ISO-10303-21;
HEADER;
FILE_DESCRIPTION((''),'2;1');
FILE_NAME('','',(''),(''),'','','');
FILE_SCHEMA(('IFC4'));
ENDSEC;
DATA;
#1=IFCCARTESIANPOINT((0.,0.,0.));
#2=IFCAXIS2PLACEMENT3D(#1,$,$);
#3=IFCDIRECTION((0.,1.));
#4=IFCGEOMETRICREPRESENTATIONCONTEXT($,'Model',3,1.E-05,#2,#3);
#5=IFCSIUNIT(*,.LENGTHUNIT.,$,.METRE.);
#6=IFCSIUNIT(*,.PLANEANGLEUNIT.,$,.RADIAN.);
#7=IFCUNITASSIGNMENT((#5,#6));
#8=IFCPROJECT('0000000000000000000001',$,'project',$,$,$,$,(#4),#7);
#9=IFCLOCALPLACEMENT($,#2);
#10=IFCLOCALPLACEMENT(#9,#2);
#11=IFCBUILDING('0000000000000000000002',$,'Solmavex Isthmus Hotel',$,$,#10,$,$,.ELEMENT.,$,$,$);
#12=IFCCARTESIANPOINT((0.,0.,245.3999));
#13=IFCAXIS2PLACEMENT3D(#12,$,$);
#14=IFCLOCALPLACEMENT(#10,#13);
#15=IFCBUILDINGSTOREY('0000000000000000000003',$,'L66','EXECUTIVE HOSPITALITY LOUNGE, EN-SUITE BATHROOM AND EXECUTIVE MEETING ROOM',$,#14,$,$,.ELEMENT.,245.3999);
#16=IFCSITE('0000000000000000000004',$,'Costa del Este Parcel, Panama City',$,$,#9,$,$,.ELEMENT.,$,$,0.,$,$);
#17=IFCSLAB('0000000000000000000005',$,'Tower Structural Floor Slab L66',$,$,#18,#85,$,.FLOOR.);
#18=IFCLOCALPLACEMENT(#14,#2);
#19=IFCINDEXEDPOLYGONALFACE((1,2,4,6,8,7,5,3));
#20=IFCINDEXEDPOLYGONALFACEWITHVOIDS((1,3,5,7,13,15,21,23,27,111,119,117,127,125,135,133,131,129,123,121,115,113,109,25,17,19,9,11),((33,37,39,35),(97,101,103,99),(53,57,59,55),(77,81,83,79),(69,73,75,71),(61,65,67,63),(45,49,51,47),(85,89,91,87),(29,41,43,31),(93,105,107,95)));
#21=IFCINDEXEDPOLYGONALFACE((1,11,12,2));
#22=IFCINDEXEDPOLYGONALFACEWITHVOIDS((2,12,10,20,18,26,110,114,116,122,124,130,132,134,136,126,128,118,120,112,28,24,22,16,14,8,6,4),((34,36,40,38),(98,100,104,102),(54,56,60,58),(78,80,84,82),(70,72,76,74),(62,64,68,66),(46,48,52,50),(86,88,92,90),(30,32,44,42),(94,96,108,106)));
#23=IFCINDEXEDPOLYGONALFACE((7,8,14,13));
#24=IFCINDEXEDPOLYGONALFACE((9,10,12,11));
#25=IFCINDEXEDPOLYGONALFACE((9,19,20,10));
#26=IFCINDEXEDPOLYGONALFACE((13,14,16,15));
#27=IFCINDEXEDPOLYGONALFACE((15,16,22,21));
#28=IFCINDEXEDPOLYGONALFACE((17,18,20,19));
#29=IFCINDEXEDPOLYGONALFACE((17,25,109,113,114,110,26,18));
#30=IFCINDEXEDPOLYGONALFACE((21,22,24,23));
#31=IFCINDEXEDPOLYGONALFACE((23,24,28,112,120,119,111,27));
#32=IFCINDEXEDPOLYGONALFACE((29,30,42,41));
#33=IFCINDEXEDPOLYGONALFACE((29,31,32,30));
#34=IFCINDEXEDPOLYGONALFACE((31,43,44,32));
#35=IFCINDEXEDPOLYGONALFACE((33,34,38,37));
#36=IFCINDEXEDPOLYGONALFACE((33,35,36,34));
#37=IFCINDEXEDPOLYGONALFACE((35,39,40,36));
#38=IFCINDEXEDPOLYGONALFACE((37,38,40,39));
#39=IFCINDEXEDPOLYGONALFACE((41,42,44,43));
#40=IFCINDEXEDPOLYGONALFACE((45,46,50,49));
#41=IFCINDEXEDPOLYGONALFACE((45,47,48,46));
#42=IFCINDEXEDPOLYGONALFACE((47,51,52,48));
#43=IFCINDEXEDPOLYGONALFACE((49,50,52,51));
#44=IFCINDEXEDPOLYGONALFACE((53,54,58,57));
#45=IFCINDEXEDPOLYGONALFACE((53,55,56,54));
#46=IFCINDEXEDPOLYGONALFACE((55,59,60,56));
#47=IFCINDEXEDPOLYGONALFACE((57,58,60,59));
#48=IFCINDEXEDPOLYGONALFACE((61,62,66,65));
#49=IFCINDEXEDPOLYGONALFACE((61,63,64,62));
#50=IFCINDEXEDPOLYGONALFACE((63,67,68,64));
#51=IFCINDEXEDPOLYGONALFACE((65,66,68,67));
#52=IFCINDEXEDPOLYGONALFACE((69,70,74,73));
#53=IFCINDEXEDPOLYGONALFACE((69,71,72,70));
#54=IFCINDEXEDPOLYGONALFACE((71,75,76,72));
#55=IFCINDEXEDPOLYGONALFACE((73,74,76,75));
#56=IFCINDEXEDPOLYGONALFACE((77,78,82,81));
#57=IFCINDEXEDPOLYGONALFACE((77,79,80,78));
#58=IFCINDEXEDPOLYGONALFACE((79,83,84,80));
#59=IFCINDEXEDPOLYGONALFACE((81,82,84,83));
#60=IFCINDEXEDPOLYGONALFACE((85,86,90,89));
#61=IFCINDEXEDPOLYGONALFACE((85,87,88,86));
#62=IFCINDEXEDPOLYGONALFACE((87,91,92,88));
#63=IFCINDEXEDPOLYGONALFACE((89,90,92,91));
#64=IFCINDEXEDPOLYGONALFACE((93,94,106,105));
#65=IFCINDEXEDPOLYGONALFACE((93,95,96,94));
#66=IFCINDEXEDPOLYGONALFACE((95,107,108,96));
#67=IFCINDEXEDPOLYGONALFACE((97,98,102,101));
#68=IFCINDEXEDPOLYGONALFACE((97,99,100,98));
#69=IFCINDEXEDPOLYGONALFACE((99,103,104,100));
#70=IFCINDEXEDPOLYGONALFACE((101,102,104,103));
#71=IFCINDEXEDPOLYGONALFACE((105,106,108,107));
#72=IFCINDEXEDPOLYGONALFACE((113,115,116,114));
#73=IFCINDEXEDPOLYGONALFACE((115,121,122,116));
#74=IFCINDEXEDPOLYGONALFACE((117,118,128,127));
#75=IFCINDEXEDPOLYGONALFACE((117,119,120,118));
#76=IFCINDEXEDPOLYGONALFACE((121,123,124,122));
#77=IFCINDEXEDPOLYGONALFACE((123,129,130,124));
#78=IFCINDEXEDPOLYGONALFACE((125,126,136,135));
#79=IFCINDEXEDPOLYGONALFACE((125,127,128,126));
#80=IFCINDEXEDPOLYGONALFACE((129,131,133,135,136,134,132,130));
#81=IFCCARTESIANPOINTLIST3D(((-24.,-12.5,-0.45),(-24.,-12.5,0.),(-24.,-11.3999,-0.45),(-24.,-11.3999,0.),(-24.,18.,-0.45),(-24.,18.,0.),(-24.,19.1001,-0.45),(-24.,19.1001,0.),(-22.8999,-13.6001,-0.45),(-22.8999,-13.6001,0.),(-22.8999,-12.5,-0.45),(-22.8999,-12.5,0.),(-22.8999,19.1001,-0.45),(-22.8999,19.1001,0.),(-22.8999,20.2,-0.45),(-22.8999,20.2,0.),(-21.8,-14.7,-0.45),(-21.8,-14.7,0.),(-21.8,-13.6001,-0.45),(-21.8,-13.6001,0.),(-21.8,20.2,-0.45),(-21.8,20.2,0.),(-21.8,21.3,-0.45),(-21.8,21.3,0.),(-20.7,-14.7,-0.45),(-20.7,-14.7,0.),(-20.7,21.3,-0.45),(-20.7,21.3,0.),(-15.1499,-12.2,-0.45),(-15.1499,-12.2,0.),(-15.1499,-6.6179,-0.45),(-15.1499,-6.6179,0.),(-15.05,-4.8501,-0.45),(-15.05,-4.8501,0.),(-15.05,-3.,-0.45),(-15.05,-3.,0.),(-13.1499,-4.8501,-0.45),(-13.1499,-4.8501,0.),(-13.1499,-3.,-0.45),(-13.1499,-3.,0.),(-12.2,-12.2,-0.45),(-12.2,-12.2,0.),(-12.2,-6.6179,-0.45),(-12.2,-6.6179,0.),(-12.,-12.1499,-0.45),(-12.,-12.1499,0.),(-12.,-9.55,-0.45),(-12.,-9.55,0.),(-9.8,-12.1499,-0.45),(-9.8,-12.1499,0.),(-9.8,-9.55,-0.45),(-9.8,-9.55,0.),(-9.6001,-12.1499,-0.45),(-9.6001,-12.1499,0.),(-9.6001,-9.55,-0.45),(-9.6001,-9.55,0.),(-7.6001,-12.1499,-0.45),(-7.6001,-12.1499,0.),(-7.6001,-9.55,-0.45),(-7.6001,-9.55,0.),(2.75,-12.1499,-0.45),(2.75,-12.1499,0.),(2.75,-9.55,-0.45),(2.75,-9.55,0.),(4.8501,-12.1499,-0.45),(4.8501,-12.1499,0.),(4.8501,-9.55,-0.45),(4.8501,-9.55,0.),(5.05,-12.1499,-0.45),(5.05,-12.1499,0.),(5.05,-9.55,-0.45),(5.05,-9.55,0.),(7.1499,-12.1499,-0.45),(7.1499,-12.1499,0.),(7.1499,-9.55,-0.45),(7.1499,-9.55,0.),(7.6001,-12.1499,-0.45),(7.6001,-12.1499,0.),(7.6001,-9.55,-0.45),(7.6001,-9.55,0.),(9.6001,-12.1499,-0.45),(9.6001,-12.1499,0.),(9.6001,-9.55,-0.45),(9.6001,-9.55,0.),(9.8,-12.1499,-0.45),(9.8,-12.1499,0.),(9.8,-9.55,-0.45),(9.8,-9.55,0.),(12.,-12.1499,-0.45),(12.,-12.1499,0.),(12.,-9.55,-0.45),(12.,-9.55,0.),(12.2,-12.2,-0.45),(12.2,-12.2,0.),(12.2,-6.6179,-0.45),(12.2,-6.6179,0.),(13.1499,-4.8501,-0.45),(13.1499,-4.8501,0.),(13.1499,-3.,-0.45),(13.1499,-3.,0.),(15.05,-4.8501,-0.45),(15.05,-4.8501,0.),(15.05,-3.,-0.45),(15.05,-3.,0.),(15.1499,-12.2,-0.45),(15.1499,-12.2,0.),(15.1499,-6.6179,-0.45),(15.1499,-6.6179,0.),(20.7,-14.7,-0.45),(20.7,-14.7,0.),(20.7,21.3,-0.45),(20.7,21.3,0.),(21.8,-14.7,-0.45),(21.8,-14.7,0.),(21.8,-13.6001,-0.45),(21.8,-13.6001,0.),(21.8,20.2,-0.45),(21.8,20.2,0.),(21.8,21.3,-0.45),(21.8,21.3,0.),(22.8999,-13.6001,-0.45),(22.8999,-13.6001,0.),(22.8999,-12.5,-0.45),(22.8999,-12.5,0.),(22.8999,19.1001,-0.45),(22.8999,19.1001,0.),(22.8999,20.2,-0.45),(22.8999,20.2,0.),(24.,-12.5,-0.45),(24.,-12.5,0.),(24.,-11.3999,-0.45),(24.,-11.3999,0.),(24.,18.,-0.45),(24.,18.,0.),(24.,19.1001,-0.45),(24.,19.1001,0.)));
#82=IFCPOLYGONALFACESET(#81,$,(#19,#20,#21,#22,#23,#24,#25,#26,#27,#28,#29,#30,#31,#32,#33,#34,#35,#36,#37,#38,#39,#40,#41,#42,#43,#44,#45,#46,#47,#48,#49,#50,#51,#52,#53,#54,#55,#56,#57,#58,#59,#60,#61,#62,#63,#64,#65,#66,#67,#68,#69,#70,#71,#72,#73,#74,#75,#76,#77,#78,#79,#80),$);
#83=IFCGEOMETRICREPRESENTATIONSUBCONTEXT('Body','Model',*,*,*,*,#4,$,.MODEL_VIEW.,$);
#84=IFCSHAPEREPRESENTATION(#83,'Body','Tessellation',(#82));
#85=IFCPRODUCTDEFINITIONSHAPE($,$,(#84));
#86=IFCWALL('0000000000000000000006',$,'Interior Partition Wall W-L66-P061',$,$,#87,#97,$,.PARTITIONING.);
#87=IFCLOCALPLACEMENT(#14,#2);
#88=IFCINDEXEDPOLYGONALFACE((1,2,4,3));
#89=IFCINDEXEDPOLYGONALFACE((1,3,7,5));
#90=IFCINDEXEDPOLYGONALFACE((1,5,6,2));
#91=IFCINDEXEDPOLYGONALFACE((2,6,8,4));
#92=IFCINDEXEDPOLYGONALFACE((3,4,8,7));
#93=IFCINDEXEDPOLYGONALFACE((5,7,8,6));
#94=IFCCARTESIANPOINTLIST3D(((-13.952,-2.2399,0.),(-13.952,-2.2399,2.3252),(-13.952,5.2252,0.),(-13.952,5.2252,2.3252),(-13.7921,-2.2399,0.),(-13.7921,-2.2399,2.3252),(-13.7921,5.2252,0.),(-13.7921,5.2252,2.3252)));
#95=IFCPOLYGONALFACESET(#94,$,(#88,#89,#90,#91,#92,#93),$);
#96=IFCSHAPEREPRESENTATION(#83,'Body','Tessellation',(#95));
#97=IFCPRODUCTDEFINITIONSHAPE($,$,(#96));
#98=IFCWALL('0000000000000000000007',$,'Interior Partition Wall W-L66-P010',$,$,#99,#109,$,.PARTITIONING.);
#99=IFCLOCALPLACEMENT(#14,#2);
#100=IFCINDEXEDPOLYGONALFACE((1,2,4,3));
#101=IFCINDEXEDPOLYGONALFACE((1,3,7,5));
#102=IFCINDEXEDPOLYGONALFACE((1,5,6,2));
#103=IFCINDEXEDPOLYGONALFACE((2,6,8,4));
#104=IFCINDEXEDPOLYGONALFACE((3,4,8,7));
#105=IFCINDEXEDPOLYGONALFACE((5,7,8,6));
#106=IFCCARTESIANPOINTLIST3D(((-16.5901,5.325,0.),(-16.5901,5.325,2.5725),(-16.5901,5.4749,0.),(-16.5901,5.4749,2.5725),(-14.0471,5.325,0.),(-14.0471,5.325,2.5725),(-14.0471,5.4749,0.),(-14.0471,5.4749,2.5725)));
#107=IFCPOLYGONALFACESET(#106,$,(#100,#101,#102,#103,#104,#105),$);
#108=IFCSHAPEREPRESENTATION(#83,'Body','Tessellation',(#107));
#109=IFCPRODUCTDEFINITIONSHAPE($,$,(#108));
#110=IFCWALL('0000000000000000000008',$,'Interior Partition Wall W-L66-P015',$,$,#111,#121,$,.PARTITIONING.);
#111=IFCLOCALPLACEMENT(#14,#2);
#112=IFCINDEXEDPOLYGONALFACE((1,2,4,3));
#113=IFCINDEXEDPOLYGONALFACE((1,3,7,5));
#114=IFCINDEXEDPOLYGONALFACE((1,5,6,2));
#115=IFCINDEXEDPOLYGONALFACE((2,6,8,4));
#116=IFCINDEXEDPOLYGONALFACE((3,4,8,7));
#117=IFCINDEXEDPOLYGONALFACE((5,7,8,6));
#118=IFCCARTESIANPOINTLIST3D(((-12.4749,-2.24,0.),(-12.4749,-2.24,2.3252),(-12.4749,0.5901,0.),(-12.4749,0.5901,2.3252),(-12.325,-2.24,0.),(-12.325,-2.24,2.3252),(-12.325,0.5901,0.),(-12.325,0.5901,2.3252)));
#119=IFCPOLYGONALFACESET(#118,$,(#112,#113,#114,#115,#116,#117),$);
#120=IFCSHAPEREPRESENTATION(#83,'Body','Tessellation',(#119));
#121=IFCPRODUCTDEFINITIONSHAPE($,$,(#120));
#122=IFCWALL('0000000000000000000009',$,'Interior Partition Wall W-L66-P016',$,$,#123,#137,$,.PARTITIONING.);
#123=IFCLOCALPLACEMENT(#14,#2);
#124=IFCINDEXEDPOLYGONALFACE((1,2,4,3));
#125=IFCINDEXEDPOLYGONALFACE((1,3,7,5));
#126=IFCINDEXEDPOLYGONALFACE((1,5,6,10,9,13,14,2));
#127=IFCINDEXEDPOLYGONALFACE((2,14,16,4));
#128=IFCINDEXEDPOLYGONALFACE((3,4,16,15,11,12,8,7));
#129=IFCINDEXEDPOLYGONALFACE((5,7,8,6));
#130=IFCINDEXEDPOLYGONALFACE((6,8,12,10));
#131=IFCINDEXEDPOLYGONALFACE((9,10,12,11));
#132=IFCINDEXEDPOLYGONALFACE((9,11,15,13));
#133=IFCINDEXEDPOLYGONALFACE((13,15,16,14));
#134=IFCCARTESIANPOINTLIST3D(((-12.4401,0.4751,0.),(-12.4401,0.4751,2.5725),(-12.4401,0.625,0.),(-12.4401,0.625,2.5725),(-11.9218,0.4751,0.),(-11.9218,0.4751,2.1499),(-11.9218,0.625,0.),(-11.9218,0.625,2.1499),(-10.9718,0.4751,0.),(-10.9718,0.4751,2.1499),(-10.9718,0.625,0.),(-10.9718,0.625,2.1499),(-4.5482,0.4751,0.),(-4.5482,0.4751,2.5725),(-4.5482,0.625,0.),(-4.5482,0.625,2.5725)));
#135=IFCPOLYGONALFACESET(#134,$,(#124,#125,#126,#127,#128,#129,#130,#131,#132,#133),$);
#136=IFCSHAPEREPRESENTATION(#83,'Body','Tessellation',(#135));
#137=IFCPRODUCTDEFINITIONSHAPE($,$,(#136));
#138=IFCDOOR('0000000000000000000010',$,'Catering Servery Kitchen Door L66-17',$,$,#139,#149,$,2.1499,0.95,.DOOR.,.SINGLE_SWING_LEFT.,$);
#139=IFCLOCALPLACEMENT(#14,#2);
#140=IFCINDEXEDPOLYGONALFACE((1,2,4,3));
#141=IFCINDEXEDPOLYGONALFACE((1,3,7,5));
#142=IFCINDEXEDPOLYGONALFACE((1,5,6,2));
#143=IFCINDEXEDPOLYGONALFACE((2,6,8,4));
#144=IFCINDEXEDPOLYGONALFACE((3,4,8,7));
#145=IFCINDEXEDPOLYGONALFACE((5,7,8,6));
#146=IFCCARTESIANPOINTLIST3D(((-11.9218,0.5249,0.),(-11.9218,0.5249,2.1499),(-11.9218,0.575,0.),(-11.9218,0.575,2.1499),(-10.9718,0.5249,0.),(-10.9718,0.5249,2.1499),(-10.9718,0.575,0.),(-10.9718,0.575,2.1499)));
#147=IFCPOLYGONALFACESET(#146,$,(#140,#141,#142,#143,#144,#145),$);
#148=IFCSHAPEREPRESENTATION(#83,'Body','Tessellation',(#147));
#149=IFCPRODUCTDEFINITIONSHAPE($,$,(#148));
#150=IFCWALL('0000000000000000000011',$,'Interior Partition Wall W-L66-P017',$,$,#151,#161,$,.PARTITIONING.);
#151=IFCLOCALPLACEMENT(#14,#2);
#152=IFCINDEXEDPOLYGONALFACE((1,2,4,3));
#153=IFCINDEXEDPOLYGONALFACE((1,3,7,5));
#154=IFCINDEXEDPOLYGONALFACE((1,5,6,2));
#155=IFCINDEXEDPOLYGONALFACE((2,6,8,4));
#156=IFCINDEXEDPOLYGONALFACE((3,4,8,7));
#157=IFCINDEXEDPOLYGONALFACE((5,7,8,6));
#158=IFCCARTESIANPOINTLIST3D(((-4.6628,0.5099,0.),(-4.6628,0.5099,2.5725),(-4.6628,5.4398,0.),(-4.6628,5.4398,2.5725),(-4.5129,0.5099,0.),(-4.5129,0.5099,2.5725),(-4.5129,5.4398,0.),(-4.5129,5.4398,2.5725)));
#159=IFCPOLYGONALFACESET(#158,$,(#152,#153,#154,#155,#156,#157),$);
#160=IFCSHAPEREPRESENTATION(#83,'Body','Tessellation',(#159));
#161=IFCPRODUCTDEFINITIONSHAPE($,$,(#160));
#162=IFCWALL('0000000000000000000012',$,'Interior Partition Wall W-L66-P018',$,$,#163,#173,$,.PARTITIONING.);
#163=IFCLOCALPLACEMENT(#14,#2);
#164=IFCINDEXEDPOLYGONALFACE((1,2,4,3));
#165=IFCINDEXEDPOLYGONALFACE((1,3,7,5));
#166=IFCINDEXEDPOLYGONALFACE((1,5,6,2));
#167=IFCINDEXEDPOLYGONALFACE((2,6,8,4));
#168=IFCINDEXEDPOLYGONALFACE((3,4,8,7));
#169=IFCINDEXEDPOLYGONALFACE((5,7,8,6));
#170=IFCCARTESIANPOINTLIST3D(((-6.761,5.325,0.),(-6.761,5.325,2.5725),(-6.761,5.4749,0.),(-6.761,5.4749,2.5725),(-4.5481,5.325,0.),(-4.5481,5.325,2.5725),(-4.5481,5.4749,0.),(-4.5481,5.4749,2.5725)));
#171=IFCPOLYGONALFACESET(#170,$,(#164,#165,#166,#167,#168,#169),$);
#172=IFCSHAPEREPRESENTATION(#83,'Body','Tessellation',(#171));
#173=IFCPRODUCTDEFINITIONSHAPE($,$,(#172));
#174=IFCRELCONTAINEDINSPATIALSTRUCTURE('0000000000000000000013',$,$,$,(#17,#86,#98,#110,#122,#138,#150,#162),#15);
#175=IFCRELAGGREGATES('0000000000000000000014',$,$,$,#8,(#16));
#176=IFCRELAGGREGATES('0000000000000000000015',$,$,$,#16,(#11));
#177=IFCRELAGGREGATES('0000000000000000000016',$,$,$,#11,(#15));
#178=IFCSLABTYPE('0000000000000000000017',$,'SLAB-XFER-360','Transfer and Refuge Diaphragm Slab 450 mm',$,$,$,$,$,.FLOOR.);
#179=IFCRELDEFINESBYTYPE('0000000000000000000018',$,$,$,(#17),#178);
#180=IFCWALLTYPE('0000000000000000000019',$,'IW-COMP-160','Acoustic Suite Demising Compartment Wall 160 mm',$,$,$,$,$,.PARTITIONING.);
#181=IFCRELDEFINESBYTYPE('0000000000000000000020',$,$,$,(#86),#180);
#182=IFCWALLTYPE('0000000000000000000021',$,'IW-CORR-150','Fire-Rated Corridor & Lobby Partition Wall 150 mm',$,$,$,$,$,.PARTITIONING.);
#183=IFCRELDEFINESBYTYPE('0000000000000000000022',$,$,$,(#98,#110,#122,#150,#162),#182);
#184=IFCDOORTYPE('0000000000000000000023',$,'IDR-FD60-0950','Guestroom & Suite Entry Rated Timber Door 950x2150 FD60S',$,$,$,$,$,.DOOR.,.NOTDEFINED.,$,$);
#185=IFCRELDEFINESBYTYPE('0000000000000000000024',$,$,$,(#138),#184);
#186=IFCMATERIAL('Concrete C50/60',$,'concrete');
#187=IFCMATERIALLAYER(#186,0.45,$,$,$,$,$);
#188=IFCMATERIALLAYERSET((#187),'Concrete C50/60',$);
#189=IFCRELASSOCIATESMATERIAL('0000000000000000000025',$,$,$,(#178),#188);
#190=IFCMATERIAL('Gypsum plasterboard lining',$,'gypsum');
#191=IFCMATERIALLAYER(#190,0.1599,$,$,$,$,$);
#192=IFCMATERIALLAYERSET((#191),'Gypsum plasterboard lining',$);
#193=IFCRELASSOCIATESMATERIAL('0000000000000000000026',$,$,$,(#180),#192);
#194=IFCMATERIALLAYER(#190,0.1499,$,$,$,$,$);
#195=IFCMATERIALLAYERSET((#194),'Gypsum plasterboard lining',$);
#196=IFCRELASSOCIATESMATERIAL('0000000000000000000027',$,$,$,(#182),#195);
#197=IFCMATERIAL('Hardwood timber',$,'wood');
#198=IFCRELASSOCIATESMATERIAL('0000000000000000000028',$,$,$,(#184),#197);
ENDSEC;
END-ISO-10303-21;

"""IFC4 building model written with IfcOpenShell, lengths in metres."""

from ifc_helpers import new_model, si_unit, direction, frame, frame_2d, origin, place, context, subcontext, project, spatial, polyline, rectangle, outline, extrude, material, layer, layer_set, type_object, element, fill, save


model = new_model("IFC4")

# Units and contexts
model_context = context("Model", 3, precision=1e-05, world=origin(), true_north=direction((0.0, 1.0)))
body_context = subcontext(model_context, "Body", "Model", "MODEL_VIEW")
ifc_project = project(units=[si_unit("LENGTHUNIT", "METRE"), si_unit("PLANEANGLEUNIT", "RADIAN")], contexts=[model_context])

# Site, building, storey
site_placement = place(None, origin())
site = spatial("IfcSite", under=ifc_project, at=site_placement, Name="Costa del Este Parcel, Panama City", CompositionType="ELEMENT", RefElevation=0.0)
building_placement = place(site_placement, origin())
building = spatial("IfcBuilding", under=site, at=building_placement, Name="Solmavex Isthmus Hotel", CompositionType="ELEMENT")
storey_placement = place(building_placement, frame((0.0, 0.0, 245.3999)))
storey = spatial("IfcBuildingStorey", under=building, at=storey_placement, Name="L66", Description="EXECUTIVE HOSPITALITY LOUNGE, EN-SUITE BATHROOM AND EXECUTIVE MEETING ROOM", CompositionType="ELEMENT", Elevation=245.3999)

# Shared definitions
ifc_material_1 = material(Name="Concrete C50/60", Category="concrete")

# Slab
ifc_layer_1 = layer(ifc_material_1, 0.45)
ifc_layer_set_1 = layer_set([ifc_layer_1], Name="Concrete C50/60")
slab_type = type_object("IfcSlabType", Name="SLAB-XFER-360", Description="Transfer and Refuge Diaphragm Slab 450 mm", PredefinedType="FLOOR", material=ifc_layer_set_1)
slab_placement = place(storey_placement, frame((0.0, 0.0, -0.45)))
element("IfcSlab", 1, at=slab_placement, inside=storey, type_object=slab_type, Name="Tower Structural Floor Slab L66", PredefinedType="FLOOR", context=body_context, shape_type="SweptSolid", body=[
    extrude(outline(polyline([(-20.7, -14.7), (20.7, -14.7), (21.8, -14.7), (21.8, -13.6001), (22.8999, -13.6001), (22.8999, -12.5), (24.0, -12.5), (24.0, -11.3999), (24.0, 18.0), (24.0, 19.1001), (22.8999, 19.1001), (22.8999, 20.2), (21.8, 20.2), (21.8, 21.3), (20.7, 21.3), (-20.7, 21.3), (-21.8, 21.3), (-21.8, 20.2), (-22.8999, 20.2), (-22.8999, 19.1001), (-24.0, 19.1001), (-24.0, 18.0), (-24.0, -11.3999), (-24.0, -12.5), (-22.8999, -12.5), (-22.8999, -13.6001), (-21.8, -13.6001), (-21.8, -14.7), (-20.7, -14.7)]), holes=[polyline([(-15.1499, -6.6179), (-15.1499, -12.2), (-12.2, -12.2), (-12.2, -6.6179), (-15.1499, -6.6179)]), polyline([(12.2, -6.6179), (12.2, -12.2), (15.1499, -12.2), (15.1499, -6.6179), (12.2, -6.6179)]), polyline([(-12.0, -12.1499), (-9.8, -12.1499), (-9.8, -9.55), (-12.0, -9.55), (-12.0, -12.1499)]), polyline([(9.8, -12.1499), (12.0, -12.1499), (12.0, -9.55), (9.8, -9.55), (9.8, -12.1499)]), polyline([(-9.6001, -12.1499), (-7.6001, -12.1499), (-7.6001, -9.55), (-9.6001, -9.55), (-9.6001, -12.1499)]), polyline([(7.6001, -12.1499), (9.6001, -12.1499), (9.6001, -9.55), (7.6001, -9.55), (7.6001, -12.1499)]), polyline([(2.75, -12.1499), (4.8501, -12.1499), (4.8501, -9.55), (2.75, -9.55), (2.75, -12.1499)]), polyline([(5.05, -12.1499), (7.1499, -12.1499), (7.1499, -9.55), (5.05, -9.55), (5.05, -12.1499)]), polyline([(-15.05, -4.8501), (-13.1499, -4.8501), (-13.1499, -3.0), (-15.05, -3.0), (-15.05, -4.8501)]), polyline([(13.1499, -4.8501), (15.05, -4.8501), (15.05, -3.0), (13.1499, -3.0), (13.1499, -4.8501)])]), origin(), (0.0, 0.0, 1.0), 0.45),
])

# Walls
ifc_material_2 = material(Name="Gypsum plasterboard lining", Category="gypsum")
ifc_layer_2 = layer(ifc_material_2, 0.1599)
ifc_layer_set_2 = layer_set([ifc_layer_2], Name="Gypsum plasterboard lining")
wall_type_1 = type_object("IfcWallType", Name="IW-COMP-160", Description="Acoustic Suite Demising Compartment Wall 160 mm", PredefinedType="PARTITIONING", material=ifc_layer_set_2)
wall_1_placement = place(storey_placement, frame((-13.8721, 5.2251, 0.0), z_axis=(0.0, 0.0, 1.0), x_axis=(0.0, -1.0, 0.0)))
element("IfcWall", 2, at=wall_1_placement, inside=storey, type_object=wall_type_1, Name="Interior Partition Wall W-L66-P061", PredefinedType="PARTITIONING", context=body_context, shape_type="SweptSolid", body=[
    extrude(rectangle(XDim=7.4651, YDim=0.1599, at=frame_2d((3.7324, 0.0))), origin(), (0.0, 0.0, 1.0), 2.3252),
])
ifc_layer_3 = layer(ifc_material_2, 0.1499)
ifc_layer_set_3 = layer_set([ifc_layer_3], Name="Gypsum plasterboard lining")
wall_type_2 = type_object("IfcWallType", Name="IW-CORR-150", Description="Fire-Rated Corridor & Lobby Partition Wall 150 mm", PredefinedType="PARTITIONING", material=ifc_layer_set_3)
wall_2_placement = place(storey_placement, frame((-14.0471, 5.3999, 0.0), z_axis=(0.0, 0.0, 1.0), x_axis=(-1.0, 0.0, 0.0)))
element("IfcWall", 3, at=wall_2_placement, inside=storey, type_object=wall_type_2, Name="Interior Partition Wall W-L66-P010", PredefinedType="PARTITIONING", context=body_context, shape_type="SweptSolid", body=[
    extrude(rectangle(XDim=2.543, YDim=0.1499, at=frame_2d((1.2715, 0.0))), origin(), (0.0, 0.0, 1.0), 2.5725),
])
wall_3_placement = place(storey_placement, frame((-12.3999, -2.24, 0.0), z_axis=(0.0, 0.0, 1.0), x_axis=(0.0, 1.0, 0.0)))
element("IfcWall", 4, at=wall_3_placement, inside=storey, type_object=wall_type_2, Name="Interior Partition Wall W-L66-P015", PredefinedType="PARTITIONING", context=body_context, shape_type="SweptSolid", body=[
    extrude(rectangle(XDim=2.8301, YDim=0.1499, at=frame_2d((1.415, 0.0))), origin(), (0.0, 0.0, 1.0), 2.3252),
])

# Wall, opening, door
wall_4_placement = place(storey_placement, frame((-12.4399, 0.55, 0.0), z_axis=(0.0, 0.0, 1.0), x_axis=(1.0, 0.0, 0.0)))
wall_4 = element("IfcWall", 5, at=wall_4_placement, inside=storey, type_object=wall_type_2, Name="Interior Partition Wall W-L66-P016", PredefinedType="PARTITIONING", context=body_context, shape_type="SweptSolid", body=[
    extrude(rectangle(XDim=7.8918, YDim=0.1499, at=frame_2d((3.9458, 0.0))), origin(), (0.0, 0.0, 1.0), 2.5725),
])
opening_1_placement = place(wall_4_placement, frame((0.5181, 0.0, 0.0)))
opening_1 = element("IfcOpeningElement", 6, at=opening_1_placement, cuts=wall_4, PredefinedType="OPENING", context=body_context, shape_type="SweptSolid", body=[
    extrude(rectangle(XDim=0.95, YDim=2.1499, at=frame_2d((0.4751, 1.075))), frame((0.0, 0.085, 0.0), z_axis=(0.0, -1.0, 0.0), x_axis=(1.0, 0.0, 0.0)), (0.0, 0.0, 1.0), 0.1699),
])
ifc_material_3 = material(Name="Hardwood timber", Category="wood")
door_type = type_object("IfcDoorType", Name="IDR-FD60-0950", Description="Guestroom & Suite Entry Rated Timber Door 950x2150 FD60S", OperationType="NOTDEFINED", PredefinedType="DOOR", material=ifc_material_3)
door_1_placement = place(opening_1_placement, origin())
door_1 = element("IfcDoor", 7, at=door_1_placement, inside=storey, type_object=door_type, Name="Catering Servery Kitchen Door L66-17", OperationType="SINGLE_SWING_LEFT", OverallHeight=2.1499, OverallWidth=0.95, PredefinedType="DOOR", context=body_context, shape_type="SweptSolid", body=[
    extrude(rectangle(XDim=0.95, YDim=2.1499, at=frame_2d((0.4751, 1.075))), frame((0.0, 0.0249, 0.0), z_axis=(0.0, -1.0, 0.0), x_axis=(1.0, 0.0, 0.0)), (0.0, 0.0, 1.0), 0.05),
])
fill(opening_1, door_1)

# Walls
wall_5_placement = place(storey_placement, frame((-4.5879, 0.51, 0.0), z_axis=(0.0, 0.0, 1.0), x_axis=(0.0, 1.0, 0.0)))
element("IfcWall", 8, at=wall_5_placement, inside=storey, type_object=wall_type_2, Name="Interior Partition Wall W-L66-P017", PredefinedType="PARTITIONING", context=body_context, shape_type="SweptSolid", body=[
    extrude(rectangle(XDim=4.9299, YDim=0.1499, at=frame_2d((2.4648, 0.0))), origin(), (0.0, 0.0, 1.0), 2.5725),
])
wall_6_placement = place(storey_placement, frame((-4.5481, 5.3999, 0.0), z_axis=(0.0, 0.0, 1.0), x_axis=(-1.0, 0.0, 0.0)))
element("IfcWall", 9, at=wall_6_placement, inside=storey, type_object=wall_type_2, Name="Interior Partition Wall W-L66-P018", PredefinedType="PARTITIONING", context=body_context, shape_type="SweptSolid", body=[
    extrude(rectangle(XDim=2.2129, YDim=0.1499, at=frame_2d((1.1064, 0.0))), origin(), (0.0, 0.0, 1.0), 2.5725),
])

save(model, "model.ifc")
